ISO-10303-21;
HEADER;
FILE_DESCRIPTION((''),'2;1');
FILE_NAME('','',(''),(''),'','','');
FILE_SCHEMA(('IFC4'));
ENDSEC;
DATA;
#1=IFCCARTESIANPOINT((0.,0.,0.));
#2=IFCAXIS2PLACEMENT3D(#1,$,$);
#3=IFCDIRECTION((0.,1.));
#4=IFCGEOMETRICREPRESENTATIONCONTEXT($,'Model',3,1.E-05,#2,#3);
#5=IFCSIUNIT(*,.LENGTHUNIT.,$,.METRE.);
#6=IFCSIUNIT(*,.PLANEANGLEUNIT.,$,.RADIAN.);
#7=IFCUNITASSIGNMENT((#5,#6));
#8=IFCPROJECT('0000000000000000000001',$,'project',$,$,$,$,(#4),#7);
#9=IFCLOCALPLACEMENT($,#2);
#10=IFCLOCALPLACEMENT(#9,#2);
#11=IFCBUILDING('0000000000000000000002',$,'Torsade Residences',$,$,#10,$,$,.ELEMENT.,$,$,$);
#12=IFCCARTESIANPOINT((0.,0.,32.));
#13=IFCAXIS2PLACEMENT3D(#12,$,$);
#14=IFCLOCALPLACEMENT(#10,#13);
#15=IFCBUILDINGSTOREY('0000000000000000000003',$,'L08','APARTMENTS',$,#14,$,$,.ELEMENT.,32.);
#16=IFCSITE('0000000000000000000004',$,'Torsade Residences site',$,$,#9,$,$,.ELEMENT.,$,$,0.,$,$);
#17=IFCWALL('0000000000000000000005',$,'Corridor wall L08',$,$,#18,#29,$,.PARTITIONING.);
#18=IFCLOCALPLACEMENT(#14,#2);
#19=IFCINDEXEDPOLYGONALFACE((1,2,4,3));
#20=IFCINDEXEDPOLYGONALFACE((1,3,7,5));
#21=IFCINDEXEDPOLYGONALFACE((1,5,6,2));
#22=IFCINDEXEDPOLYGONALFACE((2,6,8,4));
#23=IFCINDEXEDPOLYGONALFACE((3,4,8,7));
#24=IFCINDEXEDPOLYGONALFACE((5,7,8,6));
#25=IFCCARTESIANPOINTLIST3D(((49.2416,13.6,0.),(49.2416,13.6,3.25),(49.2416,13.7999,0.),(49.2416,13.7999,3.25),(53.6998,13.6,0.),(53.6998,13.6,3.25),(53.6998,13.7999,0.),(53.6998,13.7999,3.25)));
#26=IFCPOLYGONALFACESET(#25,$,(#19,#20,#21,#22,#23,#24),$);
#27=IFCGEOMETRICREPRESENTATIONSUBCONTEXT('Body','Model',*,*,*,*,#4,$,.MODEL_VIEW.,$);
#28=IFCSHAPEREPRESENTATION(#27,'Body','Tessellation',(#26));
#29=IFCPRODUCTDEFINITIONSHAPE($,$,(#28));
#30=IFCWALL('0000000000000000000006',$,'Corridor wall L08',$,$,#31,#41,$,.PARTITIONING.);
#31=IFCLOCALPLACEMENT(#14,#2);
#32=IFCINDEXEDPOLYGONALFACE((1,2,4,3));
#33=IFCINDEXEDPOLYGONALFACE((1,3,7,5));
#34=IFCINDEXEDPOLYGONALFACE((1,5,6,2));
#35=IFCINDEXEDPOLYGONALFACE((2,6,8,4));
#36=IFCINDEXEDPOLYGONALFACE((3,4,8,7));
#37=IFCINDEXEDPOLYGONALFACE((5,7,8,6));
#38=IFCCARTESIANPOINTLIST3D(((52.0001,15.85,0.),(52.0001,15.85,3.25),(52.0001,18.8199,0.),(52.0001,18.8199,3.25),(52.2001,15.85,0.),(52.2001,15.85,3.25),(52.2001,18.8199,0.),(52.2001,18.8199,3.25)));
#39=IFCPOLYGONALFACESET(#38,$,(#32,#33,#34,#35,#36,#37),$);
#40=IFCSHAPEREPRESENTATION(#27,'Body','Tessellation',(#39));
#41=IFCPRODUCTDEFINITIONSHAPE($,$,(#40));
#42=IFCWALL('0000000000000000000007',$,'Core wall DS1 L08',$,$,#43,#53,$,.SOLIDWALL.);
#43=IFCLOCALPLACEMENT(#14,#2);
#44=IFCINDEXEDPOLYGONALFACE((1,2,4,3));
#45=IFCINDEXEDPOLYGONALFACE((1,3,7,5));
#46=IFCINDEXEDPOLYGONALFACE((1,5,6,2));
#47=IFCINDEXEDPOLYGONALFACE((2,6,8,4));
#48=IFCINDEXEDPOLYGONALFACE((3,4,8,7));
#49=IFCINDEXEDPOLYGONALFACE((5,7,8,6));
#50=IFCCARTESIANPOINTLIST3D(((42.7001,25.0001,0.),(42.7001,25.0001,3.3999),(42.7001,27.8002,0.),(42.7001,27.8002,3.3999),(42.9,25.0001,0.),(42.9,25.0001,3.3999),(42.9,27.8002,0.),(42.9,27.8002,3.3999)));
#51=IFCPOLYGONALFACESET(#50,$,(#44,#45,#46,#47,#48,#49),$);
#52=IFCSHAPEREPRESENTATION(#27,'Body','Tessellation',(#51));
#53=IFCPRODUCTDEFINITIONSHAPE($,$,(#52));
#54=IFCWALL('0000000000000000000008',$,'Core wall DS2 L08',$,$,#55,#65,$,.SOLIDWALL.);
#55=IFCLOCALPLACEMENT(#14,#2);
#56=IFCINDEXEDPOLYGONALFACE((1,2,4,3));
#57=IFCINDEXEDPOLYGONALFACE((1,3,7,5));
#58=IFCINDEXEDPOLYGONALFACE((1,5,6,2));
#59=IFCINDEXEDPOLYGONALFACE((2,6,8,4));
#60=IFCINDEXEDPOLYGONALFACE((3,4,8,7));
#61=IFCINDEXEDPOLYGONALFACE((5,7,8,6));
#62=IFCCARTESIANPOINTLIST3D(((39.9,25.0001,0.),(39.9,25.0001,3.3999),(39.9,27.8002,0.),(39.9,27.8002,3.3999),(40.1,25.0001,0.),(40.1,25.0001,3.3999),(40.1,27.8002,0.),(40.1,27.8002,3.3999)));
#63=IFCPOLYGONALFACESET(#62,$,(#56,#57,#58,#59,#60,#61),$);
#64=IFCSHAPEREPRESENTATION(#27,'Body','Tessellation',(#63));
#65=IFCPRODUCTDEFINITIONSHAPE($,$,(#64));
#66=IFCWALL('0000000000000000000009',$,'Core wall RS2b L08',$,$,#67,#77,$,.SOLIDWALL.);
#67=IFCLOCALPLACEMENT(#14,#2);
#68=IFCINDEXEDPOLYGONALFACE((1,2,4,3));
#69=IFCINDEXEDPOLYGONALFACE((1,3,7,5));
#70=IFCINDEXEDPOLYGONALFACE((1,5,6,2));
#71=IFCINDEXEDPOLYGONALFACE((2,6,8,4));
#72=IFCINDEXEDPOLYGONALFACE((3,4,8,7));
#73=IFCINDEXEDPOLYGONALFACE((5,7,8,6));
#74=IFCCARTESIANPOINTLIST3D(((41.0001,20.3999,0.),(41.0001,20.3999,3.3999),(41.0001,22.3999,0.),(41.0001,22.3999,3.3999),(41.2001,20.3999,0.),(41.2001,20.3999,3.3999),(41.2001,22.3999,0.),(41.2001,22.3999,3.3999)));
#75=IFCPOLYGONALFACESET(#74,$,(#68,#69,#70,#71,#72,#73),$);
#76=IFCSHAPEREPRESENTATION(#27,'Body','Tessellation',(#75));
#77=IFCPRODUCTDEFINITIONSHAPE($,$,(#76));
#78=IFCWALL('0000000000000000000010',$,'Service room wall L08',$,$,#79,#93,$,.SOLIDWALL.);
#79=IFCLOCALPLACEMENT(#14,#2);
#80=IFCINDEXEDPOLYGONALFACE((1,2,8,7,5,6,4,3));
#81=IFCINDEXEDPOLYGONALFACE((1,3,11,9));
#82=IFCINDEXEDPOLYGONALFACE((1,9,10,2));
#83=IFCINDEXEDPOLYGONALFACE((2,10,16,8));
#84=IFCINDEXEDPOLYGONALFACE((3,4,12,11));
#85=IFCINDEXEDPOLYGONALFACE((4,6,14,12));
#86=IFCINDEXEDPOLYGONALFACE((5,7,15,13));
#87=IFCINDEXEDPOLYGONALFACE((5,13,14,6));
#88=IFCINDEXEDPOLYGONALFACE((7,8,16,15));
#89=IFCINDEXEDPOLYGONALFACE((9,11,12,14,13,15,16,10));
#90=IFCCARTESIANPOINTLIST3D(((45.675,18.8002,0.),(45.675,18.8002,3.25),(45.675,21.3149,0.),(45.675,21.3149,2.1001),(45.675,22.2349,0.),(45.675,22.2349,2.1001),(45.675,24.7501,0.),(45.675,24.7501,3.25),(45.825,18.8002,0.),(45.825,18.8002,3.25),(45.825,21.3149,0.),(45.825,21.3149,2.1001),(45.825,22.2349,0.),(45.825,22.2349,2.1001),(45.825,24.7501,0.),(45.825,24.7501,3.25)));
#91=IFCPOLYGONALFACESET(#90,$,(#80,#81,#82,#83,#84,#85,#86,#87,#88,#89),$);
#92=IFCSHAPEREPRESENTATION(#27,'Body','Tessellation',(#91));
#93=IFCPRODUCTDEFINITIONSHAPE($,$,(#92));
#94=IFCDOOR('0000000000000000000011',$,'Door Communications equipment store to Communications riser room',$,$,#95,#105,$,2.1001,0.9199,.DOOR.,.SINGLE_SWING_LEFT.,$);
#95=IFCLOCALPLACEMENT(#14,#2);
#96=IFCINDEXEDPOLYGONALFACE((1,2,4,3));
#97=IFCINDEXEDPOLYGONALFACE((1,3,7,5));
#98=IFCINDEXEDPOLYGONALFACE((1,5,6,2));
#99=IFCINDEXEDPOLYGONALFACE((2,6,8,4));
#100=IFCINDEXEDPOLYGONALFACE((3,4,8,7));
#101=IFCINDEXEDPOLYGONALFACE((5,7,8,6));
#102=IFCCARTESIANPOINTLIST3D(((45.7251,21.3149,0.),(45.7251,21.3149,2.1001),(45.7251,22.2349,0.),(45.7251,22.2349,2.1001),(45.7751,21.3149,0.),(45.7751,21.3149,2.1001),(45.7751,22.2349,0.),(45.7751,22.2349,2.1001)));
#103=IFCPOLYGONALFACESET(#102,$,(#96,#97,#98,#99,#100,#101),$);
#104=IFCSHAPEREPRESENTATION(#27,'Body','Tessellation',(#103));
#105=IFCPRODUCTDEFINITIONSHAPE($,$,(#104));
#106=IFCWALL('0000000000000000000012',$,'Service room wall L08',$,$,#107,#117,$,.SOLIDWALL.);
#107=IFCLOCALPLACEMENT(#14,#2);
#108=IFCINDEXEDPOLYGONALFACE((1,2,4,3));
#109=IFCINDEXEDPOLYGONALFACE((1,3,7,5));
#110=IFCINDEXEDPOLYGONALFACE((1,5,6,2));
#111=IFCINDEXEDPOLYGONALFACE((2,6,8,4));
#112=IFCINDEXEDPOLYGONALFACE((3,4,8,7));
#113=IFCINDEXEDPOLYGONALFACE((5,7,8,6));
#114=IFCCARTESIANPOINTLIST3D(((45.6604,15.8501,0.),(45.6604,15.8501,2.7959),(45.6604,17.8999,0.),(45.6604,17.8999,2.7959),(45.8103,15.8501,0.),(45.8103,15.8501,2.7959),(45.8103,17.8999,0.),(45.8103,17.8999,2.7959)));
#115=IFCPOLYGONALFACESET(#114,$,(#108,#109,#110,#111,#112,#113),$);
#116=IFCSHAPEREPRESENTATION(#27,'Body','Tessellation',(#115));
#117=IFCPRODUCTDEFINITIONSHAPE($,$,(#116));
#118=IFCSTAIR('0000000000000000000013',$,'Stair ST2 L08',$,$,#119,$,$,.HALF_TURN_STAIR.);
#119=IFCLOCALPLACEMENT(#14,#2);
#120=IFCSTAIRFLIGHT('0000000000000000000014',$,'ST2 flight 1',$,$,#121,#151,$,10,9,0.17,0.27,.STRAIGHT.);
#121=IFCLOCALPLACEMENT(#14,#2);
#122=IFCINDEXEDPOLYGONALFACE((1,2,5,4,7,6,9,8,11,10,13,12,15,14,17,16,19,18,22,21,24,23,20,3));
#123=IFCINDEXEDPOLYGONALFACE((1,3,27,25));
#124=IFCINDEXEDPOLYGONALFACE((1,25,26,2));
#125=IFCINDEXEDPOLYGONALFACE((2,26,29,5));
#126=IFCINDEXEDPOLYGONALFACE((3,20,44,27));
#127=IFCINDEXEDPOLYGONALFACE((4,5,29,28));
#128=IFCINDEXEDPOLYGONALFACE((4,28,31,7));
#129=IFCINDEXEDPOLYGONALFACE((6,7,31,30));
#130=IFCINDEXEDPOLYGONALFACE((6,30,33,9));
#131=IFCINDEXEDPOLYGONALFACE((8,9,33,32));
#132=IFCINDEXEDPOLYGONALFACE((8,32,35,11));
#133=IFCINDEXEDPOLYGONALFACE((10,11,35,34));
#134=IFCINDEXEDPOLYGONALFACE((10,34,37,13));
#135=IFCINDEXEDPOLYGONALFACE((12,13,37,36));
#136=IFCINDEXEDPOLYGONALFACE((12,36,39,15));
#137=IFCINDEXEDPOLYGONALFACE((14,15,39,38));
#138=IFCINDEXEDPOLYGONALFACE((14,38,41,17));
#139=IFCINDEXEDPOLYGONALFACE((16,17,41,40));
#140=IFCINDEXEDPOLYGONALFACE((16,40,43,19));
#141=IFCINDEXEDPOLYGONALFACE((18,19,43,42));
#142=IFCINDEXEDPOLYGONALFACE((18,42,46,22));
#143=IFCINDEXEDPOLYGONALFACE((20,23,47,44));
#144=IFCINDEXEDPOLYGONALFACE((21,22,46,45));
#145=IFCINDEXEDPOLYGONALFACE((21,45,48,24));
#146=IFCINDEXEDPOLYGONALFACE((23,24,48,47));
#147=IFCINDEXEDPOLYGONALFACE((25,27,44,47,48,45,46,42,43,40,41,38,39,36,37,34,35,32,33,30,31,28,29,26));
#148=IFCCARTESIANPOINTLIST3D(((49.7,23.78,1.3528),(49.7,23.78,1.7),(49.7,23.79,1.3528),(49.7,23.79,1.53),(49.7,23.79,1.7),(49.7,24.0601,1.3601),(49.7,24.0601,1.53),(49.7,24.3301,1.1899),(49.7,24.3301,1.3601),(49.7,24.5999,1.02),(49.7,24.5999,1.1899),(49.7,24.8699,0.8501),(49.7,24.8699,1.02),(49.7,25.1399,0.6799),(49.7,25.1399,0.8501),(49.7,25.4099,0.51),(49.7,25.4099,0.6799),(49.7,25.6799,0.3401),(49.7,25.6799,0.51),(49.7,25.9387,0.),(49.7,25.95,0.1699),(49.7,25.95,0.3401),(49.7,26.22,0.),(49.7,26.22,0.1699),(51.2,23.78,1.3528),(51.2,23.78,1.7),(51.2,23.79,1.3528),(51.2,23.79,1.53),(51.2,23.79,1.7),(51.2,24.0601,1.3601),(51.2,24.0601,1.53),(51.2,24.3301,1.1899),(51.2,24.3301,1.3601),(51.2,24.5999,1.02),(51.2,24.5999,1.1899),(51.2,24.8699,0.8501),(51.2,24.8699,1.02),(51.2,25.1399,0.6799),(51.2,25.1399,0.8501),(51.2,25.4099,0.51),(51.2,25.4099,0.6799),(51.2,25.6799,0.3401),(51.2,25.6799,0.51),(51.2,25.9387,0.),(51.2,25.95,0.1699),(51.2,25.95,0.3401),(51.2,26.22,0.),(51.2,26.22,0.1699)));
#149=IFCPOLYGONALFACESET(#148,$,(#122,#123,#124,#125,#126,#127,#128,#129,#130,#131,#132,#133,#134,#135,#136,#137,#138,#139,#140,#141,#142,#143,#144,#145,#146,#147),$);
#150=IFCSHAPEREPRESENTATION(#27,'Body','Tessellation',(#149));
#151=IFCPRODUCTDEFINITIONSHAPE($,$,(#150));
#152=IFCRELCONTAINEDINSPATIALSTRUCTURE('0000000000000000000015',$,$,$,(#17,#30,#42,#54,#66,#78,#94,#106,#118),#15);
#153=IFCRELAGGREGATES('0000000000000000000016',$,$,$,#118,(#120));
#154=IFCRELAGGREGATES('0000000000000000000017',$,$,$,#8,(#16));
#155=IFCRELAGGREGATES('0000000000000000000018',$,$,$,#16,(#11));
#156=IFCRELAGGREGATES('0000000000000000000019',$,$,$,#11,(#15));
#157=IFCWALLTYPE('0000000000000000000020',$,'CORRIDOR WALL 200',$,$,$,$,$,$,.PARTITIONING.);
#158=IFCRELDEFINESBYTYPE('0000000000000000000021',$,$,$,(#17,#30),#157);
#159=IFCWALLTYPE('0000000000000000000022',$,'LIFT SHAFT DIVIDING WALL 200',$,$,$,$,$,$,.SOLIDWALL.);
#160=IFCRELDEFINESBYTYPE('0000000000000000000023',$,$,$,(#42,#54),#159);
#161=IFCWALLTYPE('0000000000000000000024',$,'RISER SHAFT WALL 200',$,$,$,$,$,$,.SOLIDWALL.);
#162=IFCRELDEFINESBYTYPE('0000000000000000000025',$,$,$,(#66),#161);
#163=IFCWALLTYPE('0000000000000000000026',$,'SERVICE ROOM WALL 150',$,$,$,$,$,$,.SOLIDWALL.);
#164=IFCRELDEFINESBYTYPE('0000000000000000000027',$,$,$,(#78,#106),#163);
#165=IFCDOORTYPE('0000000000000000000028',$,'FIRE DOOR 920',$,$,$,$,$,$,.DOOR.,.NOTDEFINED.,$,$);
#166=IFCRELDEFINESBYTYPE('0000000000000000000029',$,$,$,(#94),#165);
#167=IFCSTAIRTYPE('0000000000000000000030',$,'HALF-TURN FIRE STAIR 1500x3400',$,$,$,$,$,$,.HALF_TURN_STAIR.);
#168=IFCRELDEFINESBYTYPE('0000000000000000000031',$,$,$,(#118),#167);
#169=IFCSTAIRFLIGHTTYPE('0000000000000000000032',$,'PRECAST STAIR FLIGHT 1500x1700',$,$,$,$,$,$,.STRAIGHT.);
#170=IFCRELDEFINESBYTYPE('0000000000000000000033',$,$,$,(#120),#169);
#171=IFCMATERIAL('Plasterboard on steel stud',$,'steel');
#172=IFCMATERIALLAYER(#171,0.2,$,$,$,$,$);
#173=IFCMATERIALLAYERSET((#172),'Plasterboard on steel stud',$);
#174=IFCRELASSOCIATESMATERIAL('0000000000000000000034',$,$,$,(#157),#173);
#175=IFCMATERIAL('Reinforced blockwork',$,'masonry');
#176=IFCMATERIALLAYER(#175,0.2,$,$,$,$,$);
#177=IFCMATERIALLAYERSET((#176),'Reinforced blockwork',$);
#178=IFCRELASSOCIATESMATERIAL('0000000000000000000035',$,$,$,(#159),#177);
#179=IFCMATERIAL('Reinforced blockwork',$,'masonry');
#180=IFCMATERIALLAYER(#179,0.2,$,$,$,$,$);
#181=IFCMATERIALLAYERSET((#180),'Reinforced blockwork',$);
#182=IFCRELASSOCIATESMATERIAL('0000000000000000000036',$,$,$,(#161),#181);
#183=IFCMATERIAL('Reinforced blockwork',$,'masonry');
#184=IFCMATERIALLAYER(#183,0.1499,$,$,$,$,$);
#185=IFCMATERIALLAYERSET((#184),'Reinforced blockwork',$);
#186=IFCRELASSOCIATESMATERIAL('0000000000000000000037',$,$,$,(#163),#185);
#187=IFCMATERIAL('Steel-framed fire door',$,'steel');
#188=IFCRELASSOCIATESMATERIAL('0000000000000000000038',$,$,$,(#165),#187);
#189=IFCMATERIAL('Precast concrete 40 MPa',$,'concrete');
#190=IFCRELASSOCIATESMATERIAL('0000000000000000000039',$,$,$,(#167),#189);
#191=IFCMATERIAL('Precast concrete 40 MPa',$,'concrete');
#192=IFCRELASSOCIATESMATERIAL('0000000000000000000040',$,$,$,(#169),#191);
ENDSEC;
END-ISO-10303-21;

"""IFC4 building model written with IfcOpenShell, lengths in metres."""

from ifc_helpers import new_model, si_unit, direction, frame, frame_2d, origin, place, context, subcontext, project, spatial, polyline, rectangle, outline, extrude, material, layer, layer_set, type_object, element, fill, aggregate, save


model = new_model("IFC4")

# Units and contexts
model_context = context("Model", 3, precision=1e-05, world=origin(), true_north=direction((0.0, 1.0)))
body_context = subcontext(model_context, "Body", "Model", "MODEL_VIEW")
ifc_project = project(units=[si_unit("LENGTHUNIT", "METRE"), si_unit("PLANEANGLEUNIT", "RADIAN")], contexts=[model_context])

# Site, building, storey
site_placement = place(None, origin())
site = spatial("IfcSite", under=ifc_project, at=site_placement, Name="Torsade Residences site", CompositionType="ELEMENT", RefElevation=0.0)
building_placement = place(site_placement, origin())
building = spatial("IfcBuilding", under=site, at=building_placement, Name="Torsade Residences", CompositionType="ELEMENT")
storey_placement = place(building_placement, frame((0.0, 0.0, 32.0)))
storey = spatial("IfcBuildingStorey", under=building, at=storey_placement, Name="L08", Description="APARTMENTS", CompositionType="ELEMENT", Elevation=32.0)

# Shared definitions
ifc_material_1 = material(Name="Plasterboard on steel stud", Category="steel")
ifc_layer_1 = layer(ifc_material_1, 0.2)
ifc_layer_set_1 = layer_set([ifc_layer_1], Name="Plasterboard on steel stud")
wall_type_1 = type_object("IfcWallType", Name="CORRIDOR WALL 200", PredefinedType="PARTITIONING", material=ifc_layer_set_1)

# Walls
wall_1_placement = place(storey_placement, frame((49.2417, 13.7, 0.0), z_axis=(0.0, 0.0, 1.0), x_axis=(1.0, 0.0, 0.0)))
element("IfcWall", 1, at=wall_1_placement, inside=storey, type_object=wall_type_1, Name="Corridor wall L08", PredefinedType="PARTITIONING", context=body_context, shape_type="SweptSolid", body=[
    extrude(rectangle(XDim=4.4583, YDim=0.2, at=frame_2d((2.229, 0.0))), origin(), (0.0, 0.0, 1.0), 3.25),
])
wall_2_placement = place(storey_placement, frame((52.1001, 15.8501, 0.0), z_axis=(0.0, 0.0, 1.0), x_axis=(0.0, 1.0, 0.0)))
element("IfcWall", 2, at=wall_2_placement, inside=storey, type_object=wall_type_1, Name="Corridor wall L08", PredefinedType="PARTITIONING", context=body_context, shape_type="SweptSolid", body=[
    extrude(rectangle(XDim=2.97, YDim=0.2, at=frame_2d((1.4849, 0.0))), origin(), (0.0, 0.0, 1.0), 3.25),
])
ifc_material_2 = material(Name="Reinforced blockwork", Category="masonry")
ifc_layer_2 = layer(ifc_material_2, 0.2)
ifc_layer_set_2 = layer_set([ifc_layer_2], Name="Reinforced blockwork")
wall_type_2 = type_object("IfcWallType", Name="LIFT SHAFT DIVIDING WALL 200", PredefinedType="SOLIDWALL", material=ifc_layer_set_2)
for number, where, z_axis, x_axis, name in (
    (3, (42.8, 27.8, 0.0), (0.0, 0.0, 1.0), (0.0, -1.0, 0.0), "Core wall DS1 L08"),
    (4, (40.0, 27.8, 0.0), (0.0, 0.0, 1.0), (0.0, -1.0, 0.0), "Core wall DS2 L08"),
):
    element("IfcWall", number, at=place(storey_placement, frame(where, z_axis=z_axis, x_axis=x_axis)), inside=storey, type_object=wall_type_2, Name=name, PredefinedType="SOLIDWALL", context=body_context, shape_type="SweptSolid", body=[
        extrude(rectangle(XDim=2.8, YDim=0.2, at=frame_2d((1.3999, 0.0))), origin(), (0.0, 0.0, 1.0), 3.3999),
    ])
ifc_material_3 = material(Name="Reinforced blockwork", Category="masonry")
ifc_layer_3 = layer(ifc_material_3, 0.2)
ifc_layer_set_3 = layer_set([ifc_layer_3], Name="Reinforced blockwork")
wall_type_3 = type_object("IfcWallType", Name="RISER SHAFT WALL 200", PredefinedType="SOLIDWALL", material=ifc_layer_set_3)
wall_3_placement = place(storey_placement, frame((41.1001, 22.3999, 0.0), z_axis=(0.0, 0.0, 1.0), x_axis=(0.0, -1.0, 0.0)))
element("IfcWall", 5, at=wall_3_placement, inside=storey, type_object=wall_type_3, Name="Core wall RS2b L08", PredefinedType="SOLIDWALL", context=body_context, shape_type="SweptSolid", body=[
    extrude(rectangle(XDim=2.0, YDim=0.2, at=frame_2d((1.0, 0.0))), origin(), (0.0, 0.0, 1.0), 3.3999),
])

# Wall, opening, door
ifc_material_4 = material(Name="Reinforced blockwork", Category="masonry")
ifc_layer_4 = layer(ifc_material_4, 0.1499)
ifc_layer_set_4 = layer_set([ifc_layer_4], Name="Reinforced blockwork")
wall_type_4 = type_object("IfcWallType", Name="SERVICE ROOM WALL 150", PredefinedType="SOLIDWALL", material=ifc_layer_set_4)
wall_4_placement = place(storey_placement, frame((45.75, 18.8, 0.0), z_axis=(0.0, 0.0, 1.0), x_axis=(0.0, 1.0, 0.0)))
wall_4 = element("IfcWall", 6, at=wall_4_placement, inside=storey, type_object=wall_type_4, Name="Service room wall L08", PredefinedType="SOLIDWALL", context=body_context, shape_type="SweptSolid", body=[
    extrude(rectangle(XDim=5.95, YDim=0.1499, at=frame_2d((2.9751, 0.0))), origin(), (0.0, 0.0, 1.0), 3.25),
])
opening_1_placement = place(wall_4_placement, frame((2.5149, 0.0, 0.0)))
opening_1 = element("IfcOpeningElement", 7, at=opening_1_placement, cuts=wall_4, PredefinedType="OPENING", context=body_context, shape_type="SweptSolid", body=[
    extrude(rectangle(XDim=0.9199, YDim=2.1001, at=frame_2d((0.46, 1.05))), frame((0.0, 0.085, 0.0), z_axis=(0.0, -1.0, 0.0), x_axis=(1.0, 0.0, 0.0)), (0.0, 0.0, 1.0), 0.1699),
])
ifc_material_5 = material(Name="Steel-framed fire door", Category="steel")
door_type_1 = type_object("IfcDoorType", Name="FIRE DOOR 920", OperationType="NOTDEFINED", PredefinedType="DOOR", material=ifc_material_5)
door_1_placement = place(opening_1_placement, origin())
door_1 = element("IfcDoor", 8, at=door_1_placement, inside=storey, type_object=door_type_1, Name="Door Communications equipment store to Communications riser room", OperationType="SINGLE_SWING_LEFT", OverallHeight=2.1001, OverallWidth=0.9199, PredefinedType="DOOR", context=body_context, shape_type="SweptSolid", body=[
    extrude(rectangle(XDim=0.9199, YDim=2.1001, at=frame_2d((0.46, 1.05))), frame((0.0, 0.0249, 0.0), z_axis=(0.0, -1.0, 0.0), x_axis=(1.0, 0.0, 0.0)), (0.0, 0.0, 1.0), 0.05),
])
fill(opening_1, door_1)

# Wall
wall_5_placement = place(storey_placement, frame((45.7354, 15.8501, 0.0), z_axis=(0.0, 0.0, 1.0), x_axis=(0.0, 1.0, 0.0)))
element("IfcWall", 9, at=wall_5_placement, inside=storey, type_object=wall_type_4, Name="Service room wall L08", PredefinedType="SOLIDWALL", context=body_context, shape_type="SweptSolid", body=[
    extrude(rectangle(XDim=2.0498, YDim=0.1499, at=frame_2d((1.0249, 0.0))), origin(), (0.0, 0.0, 1.0), 2.7959),
])

# Stair, stair flight
ifc_material_6 = material(Name="Precast concrete 40 MPa", Category="concrete")
stair_type = type_object("IfcStairType", Name="HALF-TURN FIRE STAIR 1500x3400", PredefinedType="HALF_TURN_STAIR", material=ifc_material_6)
stair_placement = place(storey_placement, origin())
stair = element("IfcStair", 10, at=stair_placement, inside=storey, type_object=stair_type, Name="Stair ST2 L08", PredefinedType="HALF_TURN_STAIR")
ifc_material_7 = material(Name="Precast concrete 40 MPa", Category="concrete")
stair_flight_type = type_object("IfcStairFlightType", Name="PRECAST STAIR FLIGHT 1500x1700", PredefinedType="STRAIGHT", material=ifc_material_7)
stair_flight_1_placement = place(storey_placement, frame((50.45, 26.22, 0.0), z_axis=(0.0, 0.0, 1.0), x_axis=(0.0, -1.0, 0.0)))
stair_flight_1 = element("IfcStairFlight", 11, at=stair_flight_1_placement, type_object=stair_flight_type, Name="ST2 flight 1", NumberOfRisers=10, NumberOfTreads=9, PredefinedType="STRAIGHT", RiserHeight=0.17, TreadLength=0.27, context=body_context, shape_type="SweptSolid", body=[
    extrude(outline(polyline([(0.0, 0.0), (0.0, 0.1699), (0.27, 0.1699), (0.27, 0.3401), (0.54, 0.3401), (0.54, 0.51), (0.8101, 0.51), (0.8101, 0.6799), (1.0801, 0.6799), (1.0801, 0.8501), (1.3501, 0.8501), (1.3501, 1.02), (1.6201, 1.02), (1.6201, 1.1899), (1.8899, 1.1899), (1.8899, 1.3601), (2.1599, 1.3601), (2.1599, 1.53), (2.4299, 1.53), (2.4299, 1.7), (2.4399, 1.7), (2.4399, 1.3528), (2.4299, 1.3528), (0.2812, 0.0), (0.0, 0.0)])), frame((0.0, 0.75, 0.0), z_axis=(0.0, -1.0, 0.0), x_axis=(1.0, 0.0, 0.0)), (0.0, 0.0, 1.0), 1.5),
])
aggregate(stair, [stair_flight_1])

save(model, "model.ifc")
